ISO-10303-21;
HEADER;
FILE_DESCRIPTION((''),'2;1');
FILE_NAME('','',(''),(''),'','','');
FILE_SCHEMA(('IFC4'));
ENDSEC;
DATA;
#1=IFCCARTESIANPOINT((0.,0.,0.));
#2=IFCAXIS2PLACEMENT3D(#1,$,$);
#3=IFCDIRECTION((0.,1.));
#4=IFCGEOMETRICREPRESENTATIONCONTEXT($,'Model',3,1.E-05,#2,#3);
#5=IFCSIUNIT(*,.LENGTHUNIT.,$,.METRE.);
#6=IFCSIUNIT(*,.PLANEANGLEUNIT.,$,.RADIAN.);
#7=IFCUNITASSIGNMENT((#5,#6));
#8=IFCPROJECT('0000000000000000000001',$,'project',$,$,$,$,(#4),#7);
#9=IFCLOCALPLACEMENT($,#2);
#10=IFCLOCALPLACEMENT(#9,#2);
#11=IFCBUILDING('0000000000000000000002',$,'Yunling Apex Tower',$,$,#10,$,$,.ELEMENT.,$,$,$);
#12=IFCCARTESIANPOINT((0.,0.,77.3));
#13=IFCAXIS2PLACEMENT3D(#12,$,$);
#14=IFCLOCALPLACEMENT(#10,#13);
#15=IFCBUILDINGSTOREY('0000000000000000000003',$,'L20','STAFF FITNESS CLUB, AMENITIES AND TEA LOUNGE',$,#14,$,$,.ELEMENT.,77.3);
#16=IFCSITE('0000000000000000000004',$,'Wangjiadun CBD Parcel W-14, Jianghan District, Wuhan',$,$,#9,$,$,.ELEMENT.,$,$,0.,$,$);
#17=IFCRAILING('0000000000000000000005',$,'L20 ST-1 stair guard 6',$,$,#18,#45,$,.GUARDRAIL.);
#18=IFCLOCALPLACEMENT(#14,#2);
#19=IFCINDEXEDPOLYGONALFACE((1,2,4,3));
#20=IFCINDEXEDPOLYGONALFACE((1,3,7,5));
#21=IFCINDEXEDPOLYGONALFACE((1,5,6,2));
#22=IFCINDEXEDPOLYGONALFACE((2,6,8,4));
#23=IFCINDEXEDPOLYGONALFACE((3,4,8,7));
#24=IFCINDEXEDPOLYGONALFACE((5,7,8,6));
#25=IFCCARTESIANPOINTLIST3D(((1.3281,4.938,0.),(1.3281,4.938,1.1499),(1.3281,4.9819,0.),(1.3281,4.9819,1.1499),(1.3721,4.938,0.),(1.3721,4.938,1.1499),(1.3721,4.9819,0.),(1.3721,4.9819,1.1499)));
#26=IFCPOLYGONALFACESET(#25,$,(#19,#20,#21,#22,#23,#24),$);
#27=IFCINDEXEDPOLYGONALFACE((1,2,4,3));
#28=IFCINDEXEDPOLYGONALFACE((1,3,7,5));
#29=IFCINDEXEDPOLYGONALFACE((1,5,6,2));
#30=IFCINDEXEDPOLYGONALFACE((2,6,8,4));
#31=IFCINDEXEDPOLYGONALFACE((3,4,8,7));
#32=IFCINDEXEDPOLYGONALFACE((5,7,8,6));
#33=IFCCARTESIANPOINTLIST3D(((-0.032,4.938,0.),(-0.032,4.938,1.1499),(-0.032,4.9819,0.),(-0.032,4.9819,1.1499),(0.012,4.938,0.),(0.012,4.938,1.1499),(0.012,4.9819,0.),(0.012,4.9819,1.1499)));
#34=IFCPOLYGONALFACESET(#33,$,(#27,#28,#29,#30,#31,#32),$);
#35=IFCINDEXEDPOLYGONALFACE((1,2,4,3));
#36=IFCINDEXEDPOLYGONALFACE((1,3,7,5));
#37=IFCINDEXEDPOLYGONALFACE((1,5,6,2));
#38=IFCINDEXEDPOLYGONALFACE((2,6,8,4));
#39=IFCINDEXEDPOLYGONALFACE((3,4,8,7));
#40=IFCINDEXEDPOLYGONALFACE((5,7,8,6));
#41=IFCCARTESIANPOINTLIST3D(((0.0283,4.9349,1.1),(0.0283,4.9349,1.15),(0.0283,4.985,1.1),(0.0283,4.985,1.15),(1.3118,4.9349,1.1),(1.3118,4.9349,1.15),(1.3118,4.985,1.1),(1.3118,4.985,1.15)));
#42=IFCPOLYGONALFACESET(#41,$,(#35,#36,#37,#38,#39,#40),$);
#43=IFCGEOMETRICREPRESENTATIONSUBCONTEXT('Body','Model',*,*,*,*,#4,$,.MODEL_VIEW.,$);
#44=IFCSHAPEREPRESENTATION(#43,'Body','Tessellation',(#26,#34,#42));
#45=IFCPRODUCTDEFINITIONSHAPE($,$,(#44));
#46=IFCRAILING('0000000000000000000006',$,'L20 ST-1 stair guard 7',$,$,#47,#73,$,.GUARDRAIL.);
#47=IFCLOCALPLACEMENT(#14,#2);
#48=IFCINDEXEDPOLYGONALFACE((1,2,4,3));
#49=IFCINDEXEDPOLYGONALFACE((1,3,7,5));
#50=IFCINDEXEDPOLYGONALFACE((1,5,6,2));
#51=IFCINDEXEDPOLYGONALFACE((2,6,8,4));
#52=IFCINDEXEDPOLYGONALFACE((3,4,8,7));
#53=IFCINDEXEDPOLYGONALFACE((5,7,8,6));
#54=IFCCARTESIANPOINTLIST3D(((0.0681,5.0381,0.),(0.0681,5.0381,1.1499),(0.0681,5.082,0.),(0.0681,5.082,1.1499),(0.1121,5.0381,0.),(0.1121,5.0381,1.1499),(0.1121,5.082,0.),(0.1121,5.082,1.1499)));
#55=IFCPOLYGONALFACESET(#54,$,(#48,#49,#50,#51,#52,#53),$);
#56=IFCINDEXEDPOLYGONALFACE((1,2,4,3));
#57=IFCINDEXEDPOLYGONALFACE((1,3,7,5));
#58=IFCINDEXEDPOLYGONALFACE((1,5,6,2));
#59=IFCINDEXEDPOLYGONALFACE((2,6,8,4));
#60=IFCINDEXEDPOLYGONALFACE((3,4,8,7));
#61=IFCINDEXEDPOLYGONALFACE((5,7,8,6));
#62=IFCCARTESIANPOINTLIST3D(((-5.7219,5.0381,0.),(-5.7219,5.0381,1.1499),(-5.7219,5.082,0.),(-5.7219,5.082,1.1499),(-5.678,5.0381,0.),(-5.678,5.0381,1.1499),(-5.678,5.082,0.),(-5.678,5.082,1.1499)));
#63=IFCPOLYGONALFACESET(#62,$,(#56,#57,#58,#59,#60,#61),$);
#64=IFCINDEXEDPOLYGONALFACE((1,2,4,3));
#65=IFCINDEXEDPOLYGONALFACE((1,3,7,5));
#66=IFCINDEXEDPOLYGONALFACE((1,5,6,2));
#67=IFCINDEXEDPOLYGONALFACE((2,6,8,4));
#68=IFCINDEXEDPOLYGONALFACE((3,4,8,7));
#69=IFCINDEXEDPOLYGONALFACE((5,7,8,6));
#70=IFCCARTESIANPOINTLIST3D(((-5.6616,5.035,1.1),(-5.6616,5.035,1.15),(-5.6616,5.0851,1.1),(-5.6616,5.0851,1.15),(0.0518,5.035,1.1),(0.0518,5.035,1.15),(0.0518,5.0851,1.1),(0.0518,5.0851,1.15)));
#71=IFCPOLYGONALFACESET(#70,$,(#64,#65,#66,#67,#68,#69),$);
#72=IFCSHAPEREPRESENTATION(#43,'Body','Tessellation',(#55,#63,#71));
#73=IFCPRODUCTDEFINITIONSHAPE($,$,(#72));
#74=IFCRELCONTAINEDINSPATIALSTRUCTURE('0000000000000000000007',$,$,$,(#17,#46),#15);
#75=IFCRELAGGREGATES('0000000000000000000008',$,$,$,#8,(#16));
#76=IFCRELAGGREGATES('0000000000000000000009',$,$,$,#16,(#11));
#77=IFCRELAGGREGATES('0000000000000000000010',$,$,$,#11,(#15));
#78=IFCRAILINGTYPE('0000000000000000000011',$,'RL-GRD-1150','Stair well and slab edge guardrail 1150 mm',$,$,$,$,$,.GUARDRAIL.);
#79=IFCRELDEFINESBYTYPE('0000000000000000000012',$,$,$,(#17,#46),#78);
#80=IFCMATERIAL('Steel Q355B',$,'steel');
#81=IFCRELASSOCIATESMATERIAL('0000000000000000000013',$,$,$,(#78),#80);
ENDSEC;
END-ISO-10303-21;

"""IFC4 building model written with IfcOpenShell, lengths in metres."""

from ifc_helpers import new_model, si_unit, direction, frame, origin, origin_2d, place, context, subcontext, project, spatial, rectangle, extrude, material, type_object, element, save


model = new_model("IFC4")

# Units and contexts
model_context = context("Model", 3, precision=1e-05, world=origin(), true_north=direction((0.0, 1.0)))
body_context = subcontext(model_context, "Body", "Model", "MODEL_VIEW")
ifc_project = project(units=[si_unit("LENGTHUNIT", "METRE"), si_unit("PLANEANGLEUNIT", "RADIAN")], contexts=[model_context])

# Site, building, storey
site_placement = place(None, origin())
site = spatial("IfcSite", under=ifc_project, at=site_placement, Name="Wangjiadun CBD Parcel W-14, Jianghan District, Wuhan", CompositionType="ELEMENT", RefElevation=0.0)
building_placement = place(site_placement, origin())
building = spatial("IfcBuilding", under=site, at=building_placement, Name="Yunling Apex Tower", CompositionType="ELEMENT")
storey_placement = place(building_placement, frame((0.0, 0.0, 77.3)))
storey = spatial("IfcBuildingStorey", under=building, at=storey_placement, Name="L20", Description="STAFF FITNESS CLUB, AMENITIES AND TEA LOUNGE", CompositionType="ELEMENT", Elevation=77.3)

# Shared definitions
ifc_material_1 = material(Name="Steel Q355B", Category="steel")

# Railings
railing_type = type_object("IfcRailingType", Name="RL-GRD-1150", Description="Stair well and slab edge guardrail 1150 mm", PredefinedType="GUARDRAIL", material=ifc_material_1)
railing_1_placement = place(storey_placement, frame((1.3501, 4.96, 0.0)))
element("IfcRailing", 1, at=railing_1_placement, inside=storey, type_object=railing_type, Name="L20 ST-1 stair guard 6", PredefinedType="GUARDRAIL", context=body_context, shape_type="SweptSolid", body=[
    extrude(rectangle(XDim=0.0439, YDim=0.0439, at=origin_2d()), origin(), (0.0, 0.0, 1.0), 1.1499),
    extrude(rectangle(XDim=0.0439, YDim=0.0439, at=origin_2d()), frame((-1.3601, 0.0, 0.0)), (0.0, 0.0, 1.0), 1.1499),
    extrude(rectangle(XDim=0.05, YDim=0.05, at=origin_2d()), frame((-0.0383, 0.0, 1.125), z_axis=(-1.0, 0.0, 0.0), x_axis=(0.0, -1.0, 0.0)), (0.0, 0.0, 1.0), 1.2834),
])
railing_2_placement = place(storey_placement, frame((0.0901, 5.0601, 0.0)))
element("IfcRailing", 2, at=railing_2_placement, inside=storey, type_object=railing_type, Name="L20 ST-1 stair guard 7", PredefinedType="GUARDRAIL", context=body_context, shape_type="SweptSolid", body=[
    extrude(rectangle(XDim=0.0439, YDim=0.0439, at=origin_2d()), origin(), (0.0, 0.0, 1.0), 1.1499),
    extrude(rectangle(XDim=0.0439, YDim=0.0439, at=origin_2d()), frame((-5.79, 0.0, 0.0)), (0.0, 0.0, 1.0), 1.1499),
    extrude(rectangle(XDim=0.05, YDim=0.05, at=origin_2d()), frame((-0.0383, 0.0, 1.125), z_axis=(-1.0, 0.0, 0.0), x_axis=(0.0, -1.0, 0.0)), (0.0, 0.0, 1.0), 5.7134),
])

save(model, "model.ifc")
